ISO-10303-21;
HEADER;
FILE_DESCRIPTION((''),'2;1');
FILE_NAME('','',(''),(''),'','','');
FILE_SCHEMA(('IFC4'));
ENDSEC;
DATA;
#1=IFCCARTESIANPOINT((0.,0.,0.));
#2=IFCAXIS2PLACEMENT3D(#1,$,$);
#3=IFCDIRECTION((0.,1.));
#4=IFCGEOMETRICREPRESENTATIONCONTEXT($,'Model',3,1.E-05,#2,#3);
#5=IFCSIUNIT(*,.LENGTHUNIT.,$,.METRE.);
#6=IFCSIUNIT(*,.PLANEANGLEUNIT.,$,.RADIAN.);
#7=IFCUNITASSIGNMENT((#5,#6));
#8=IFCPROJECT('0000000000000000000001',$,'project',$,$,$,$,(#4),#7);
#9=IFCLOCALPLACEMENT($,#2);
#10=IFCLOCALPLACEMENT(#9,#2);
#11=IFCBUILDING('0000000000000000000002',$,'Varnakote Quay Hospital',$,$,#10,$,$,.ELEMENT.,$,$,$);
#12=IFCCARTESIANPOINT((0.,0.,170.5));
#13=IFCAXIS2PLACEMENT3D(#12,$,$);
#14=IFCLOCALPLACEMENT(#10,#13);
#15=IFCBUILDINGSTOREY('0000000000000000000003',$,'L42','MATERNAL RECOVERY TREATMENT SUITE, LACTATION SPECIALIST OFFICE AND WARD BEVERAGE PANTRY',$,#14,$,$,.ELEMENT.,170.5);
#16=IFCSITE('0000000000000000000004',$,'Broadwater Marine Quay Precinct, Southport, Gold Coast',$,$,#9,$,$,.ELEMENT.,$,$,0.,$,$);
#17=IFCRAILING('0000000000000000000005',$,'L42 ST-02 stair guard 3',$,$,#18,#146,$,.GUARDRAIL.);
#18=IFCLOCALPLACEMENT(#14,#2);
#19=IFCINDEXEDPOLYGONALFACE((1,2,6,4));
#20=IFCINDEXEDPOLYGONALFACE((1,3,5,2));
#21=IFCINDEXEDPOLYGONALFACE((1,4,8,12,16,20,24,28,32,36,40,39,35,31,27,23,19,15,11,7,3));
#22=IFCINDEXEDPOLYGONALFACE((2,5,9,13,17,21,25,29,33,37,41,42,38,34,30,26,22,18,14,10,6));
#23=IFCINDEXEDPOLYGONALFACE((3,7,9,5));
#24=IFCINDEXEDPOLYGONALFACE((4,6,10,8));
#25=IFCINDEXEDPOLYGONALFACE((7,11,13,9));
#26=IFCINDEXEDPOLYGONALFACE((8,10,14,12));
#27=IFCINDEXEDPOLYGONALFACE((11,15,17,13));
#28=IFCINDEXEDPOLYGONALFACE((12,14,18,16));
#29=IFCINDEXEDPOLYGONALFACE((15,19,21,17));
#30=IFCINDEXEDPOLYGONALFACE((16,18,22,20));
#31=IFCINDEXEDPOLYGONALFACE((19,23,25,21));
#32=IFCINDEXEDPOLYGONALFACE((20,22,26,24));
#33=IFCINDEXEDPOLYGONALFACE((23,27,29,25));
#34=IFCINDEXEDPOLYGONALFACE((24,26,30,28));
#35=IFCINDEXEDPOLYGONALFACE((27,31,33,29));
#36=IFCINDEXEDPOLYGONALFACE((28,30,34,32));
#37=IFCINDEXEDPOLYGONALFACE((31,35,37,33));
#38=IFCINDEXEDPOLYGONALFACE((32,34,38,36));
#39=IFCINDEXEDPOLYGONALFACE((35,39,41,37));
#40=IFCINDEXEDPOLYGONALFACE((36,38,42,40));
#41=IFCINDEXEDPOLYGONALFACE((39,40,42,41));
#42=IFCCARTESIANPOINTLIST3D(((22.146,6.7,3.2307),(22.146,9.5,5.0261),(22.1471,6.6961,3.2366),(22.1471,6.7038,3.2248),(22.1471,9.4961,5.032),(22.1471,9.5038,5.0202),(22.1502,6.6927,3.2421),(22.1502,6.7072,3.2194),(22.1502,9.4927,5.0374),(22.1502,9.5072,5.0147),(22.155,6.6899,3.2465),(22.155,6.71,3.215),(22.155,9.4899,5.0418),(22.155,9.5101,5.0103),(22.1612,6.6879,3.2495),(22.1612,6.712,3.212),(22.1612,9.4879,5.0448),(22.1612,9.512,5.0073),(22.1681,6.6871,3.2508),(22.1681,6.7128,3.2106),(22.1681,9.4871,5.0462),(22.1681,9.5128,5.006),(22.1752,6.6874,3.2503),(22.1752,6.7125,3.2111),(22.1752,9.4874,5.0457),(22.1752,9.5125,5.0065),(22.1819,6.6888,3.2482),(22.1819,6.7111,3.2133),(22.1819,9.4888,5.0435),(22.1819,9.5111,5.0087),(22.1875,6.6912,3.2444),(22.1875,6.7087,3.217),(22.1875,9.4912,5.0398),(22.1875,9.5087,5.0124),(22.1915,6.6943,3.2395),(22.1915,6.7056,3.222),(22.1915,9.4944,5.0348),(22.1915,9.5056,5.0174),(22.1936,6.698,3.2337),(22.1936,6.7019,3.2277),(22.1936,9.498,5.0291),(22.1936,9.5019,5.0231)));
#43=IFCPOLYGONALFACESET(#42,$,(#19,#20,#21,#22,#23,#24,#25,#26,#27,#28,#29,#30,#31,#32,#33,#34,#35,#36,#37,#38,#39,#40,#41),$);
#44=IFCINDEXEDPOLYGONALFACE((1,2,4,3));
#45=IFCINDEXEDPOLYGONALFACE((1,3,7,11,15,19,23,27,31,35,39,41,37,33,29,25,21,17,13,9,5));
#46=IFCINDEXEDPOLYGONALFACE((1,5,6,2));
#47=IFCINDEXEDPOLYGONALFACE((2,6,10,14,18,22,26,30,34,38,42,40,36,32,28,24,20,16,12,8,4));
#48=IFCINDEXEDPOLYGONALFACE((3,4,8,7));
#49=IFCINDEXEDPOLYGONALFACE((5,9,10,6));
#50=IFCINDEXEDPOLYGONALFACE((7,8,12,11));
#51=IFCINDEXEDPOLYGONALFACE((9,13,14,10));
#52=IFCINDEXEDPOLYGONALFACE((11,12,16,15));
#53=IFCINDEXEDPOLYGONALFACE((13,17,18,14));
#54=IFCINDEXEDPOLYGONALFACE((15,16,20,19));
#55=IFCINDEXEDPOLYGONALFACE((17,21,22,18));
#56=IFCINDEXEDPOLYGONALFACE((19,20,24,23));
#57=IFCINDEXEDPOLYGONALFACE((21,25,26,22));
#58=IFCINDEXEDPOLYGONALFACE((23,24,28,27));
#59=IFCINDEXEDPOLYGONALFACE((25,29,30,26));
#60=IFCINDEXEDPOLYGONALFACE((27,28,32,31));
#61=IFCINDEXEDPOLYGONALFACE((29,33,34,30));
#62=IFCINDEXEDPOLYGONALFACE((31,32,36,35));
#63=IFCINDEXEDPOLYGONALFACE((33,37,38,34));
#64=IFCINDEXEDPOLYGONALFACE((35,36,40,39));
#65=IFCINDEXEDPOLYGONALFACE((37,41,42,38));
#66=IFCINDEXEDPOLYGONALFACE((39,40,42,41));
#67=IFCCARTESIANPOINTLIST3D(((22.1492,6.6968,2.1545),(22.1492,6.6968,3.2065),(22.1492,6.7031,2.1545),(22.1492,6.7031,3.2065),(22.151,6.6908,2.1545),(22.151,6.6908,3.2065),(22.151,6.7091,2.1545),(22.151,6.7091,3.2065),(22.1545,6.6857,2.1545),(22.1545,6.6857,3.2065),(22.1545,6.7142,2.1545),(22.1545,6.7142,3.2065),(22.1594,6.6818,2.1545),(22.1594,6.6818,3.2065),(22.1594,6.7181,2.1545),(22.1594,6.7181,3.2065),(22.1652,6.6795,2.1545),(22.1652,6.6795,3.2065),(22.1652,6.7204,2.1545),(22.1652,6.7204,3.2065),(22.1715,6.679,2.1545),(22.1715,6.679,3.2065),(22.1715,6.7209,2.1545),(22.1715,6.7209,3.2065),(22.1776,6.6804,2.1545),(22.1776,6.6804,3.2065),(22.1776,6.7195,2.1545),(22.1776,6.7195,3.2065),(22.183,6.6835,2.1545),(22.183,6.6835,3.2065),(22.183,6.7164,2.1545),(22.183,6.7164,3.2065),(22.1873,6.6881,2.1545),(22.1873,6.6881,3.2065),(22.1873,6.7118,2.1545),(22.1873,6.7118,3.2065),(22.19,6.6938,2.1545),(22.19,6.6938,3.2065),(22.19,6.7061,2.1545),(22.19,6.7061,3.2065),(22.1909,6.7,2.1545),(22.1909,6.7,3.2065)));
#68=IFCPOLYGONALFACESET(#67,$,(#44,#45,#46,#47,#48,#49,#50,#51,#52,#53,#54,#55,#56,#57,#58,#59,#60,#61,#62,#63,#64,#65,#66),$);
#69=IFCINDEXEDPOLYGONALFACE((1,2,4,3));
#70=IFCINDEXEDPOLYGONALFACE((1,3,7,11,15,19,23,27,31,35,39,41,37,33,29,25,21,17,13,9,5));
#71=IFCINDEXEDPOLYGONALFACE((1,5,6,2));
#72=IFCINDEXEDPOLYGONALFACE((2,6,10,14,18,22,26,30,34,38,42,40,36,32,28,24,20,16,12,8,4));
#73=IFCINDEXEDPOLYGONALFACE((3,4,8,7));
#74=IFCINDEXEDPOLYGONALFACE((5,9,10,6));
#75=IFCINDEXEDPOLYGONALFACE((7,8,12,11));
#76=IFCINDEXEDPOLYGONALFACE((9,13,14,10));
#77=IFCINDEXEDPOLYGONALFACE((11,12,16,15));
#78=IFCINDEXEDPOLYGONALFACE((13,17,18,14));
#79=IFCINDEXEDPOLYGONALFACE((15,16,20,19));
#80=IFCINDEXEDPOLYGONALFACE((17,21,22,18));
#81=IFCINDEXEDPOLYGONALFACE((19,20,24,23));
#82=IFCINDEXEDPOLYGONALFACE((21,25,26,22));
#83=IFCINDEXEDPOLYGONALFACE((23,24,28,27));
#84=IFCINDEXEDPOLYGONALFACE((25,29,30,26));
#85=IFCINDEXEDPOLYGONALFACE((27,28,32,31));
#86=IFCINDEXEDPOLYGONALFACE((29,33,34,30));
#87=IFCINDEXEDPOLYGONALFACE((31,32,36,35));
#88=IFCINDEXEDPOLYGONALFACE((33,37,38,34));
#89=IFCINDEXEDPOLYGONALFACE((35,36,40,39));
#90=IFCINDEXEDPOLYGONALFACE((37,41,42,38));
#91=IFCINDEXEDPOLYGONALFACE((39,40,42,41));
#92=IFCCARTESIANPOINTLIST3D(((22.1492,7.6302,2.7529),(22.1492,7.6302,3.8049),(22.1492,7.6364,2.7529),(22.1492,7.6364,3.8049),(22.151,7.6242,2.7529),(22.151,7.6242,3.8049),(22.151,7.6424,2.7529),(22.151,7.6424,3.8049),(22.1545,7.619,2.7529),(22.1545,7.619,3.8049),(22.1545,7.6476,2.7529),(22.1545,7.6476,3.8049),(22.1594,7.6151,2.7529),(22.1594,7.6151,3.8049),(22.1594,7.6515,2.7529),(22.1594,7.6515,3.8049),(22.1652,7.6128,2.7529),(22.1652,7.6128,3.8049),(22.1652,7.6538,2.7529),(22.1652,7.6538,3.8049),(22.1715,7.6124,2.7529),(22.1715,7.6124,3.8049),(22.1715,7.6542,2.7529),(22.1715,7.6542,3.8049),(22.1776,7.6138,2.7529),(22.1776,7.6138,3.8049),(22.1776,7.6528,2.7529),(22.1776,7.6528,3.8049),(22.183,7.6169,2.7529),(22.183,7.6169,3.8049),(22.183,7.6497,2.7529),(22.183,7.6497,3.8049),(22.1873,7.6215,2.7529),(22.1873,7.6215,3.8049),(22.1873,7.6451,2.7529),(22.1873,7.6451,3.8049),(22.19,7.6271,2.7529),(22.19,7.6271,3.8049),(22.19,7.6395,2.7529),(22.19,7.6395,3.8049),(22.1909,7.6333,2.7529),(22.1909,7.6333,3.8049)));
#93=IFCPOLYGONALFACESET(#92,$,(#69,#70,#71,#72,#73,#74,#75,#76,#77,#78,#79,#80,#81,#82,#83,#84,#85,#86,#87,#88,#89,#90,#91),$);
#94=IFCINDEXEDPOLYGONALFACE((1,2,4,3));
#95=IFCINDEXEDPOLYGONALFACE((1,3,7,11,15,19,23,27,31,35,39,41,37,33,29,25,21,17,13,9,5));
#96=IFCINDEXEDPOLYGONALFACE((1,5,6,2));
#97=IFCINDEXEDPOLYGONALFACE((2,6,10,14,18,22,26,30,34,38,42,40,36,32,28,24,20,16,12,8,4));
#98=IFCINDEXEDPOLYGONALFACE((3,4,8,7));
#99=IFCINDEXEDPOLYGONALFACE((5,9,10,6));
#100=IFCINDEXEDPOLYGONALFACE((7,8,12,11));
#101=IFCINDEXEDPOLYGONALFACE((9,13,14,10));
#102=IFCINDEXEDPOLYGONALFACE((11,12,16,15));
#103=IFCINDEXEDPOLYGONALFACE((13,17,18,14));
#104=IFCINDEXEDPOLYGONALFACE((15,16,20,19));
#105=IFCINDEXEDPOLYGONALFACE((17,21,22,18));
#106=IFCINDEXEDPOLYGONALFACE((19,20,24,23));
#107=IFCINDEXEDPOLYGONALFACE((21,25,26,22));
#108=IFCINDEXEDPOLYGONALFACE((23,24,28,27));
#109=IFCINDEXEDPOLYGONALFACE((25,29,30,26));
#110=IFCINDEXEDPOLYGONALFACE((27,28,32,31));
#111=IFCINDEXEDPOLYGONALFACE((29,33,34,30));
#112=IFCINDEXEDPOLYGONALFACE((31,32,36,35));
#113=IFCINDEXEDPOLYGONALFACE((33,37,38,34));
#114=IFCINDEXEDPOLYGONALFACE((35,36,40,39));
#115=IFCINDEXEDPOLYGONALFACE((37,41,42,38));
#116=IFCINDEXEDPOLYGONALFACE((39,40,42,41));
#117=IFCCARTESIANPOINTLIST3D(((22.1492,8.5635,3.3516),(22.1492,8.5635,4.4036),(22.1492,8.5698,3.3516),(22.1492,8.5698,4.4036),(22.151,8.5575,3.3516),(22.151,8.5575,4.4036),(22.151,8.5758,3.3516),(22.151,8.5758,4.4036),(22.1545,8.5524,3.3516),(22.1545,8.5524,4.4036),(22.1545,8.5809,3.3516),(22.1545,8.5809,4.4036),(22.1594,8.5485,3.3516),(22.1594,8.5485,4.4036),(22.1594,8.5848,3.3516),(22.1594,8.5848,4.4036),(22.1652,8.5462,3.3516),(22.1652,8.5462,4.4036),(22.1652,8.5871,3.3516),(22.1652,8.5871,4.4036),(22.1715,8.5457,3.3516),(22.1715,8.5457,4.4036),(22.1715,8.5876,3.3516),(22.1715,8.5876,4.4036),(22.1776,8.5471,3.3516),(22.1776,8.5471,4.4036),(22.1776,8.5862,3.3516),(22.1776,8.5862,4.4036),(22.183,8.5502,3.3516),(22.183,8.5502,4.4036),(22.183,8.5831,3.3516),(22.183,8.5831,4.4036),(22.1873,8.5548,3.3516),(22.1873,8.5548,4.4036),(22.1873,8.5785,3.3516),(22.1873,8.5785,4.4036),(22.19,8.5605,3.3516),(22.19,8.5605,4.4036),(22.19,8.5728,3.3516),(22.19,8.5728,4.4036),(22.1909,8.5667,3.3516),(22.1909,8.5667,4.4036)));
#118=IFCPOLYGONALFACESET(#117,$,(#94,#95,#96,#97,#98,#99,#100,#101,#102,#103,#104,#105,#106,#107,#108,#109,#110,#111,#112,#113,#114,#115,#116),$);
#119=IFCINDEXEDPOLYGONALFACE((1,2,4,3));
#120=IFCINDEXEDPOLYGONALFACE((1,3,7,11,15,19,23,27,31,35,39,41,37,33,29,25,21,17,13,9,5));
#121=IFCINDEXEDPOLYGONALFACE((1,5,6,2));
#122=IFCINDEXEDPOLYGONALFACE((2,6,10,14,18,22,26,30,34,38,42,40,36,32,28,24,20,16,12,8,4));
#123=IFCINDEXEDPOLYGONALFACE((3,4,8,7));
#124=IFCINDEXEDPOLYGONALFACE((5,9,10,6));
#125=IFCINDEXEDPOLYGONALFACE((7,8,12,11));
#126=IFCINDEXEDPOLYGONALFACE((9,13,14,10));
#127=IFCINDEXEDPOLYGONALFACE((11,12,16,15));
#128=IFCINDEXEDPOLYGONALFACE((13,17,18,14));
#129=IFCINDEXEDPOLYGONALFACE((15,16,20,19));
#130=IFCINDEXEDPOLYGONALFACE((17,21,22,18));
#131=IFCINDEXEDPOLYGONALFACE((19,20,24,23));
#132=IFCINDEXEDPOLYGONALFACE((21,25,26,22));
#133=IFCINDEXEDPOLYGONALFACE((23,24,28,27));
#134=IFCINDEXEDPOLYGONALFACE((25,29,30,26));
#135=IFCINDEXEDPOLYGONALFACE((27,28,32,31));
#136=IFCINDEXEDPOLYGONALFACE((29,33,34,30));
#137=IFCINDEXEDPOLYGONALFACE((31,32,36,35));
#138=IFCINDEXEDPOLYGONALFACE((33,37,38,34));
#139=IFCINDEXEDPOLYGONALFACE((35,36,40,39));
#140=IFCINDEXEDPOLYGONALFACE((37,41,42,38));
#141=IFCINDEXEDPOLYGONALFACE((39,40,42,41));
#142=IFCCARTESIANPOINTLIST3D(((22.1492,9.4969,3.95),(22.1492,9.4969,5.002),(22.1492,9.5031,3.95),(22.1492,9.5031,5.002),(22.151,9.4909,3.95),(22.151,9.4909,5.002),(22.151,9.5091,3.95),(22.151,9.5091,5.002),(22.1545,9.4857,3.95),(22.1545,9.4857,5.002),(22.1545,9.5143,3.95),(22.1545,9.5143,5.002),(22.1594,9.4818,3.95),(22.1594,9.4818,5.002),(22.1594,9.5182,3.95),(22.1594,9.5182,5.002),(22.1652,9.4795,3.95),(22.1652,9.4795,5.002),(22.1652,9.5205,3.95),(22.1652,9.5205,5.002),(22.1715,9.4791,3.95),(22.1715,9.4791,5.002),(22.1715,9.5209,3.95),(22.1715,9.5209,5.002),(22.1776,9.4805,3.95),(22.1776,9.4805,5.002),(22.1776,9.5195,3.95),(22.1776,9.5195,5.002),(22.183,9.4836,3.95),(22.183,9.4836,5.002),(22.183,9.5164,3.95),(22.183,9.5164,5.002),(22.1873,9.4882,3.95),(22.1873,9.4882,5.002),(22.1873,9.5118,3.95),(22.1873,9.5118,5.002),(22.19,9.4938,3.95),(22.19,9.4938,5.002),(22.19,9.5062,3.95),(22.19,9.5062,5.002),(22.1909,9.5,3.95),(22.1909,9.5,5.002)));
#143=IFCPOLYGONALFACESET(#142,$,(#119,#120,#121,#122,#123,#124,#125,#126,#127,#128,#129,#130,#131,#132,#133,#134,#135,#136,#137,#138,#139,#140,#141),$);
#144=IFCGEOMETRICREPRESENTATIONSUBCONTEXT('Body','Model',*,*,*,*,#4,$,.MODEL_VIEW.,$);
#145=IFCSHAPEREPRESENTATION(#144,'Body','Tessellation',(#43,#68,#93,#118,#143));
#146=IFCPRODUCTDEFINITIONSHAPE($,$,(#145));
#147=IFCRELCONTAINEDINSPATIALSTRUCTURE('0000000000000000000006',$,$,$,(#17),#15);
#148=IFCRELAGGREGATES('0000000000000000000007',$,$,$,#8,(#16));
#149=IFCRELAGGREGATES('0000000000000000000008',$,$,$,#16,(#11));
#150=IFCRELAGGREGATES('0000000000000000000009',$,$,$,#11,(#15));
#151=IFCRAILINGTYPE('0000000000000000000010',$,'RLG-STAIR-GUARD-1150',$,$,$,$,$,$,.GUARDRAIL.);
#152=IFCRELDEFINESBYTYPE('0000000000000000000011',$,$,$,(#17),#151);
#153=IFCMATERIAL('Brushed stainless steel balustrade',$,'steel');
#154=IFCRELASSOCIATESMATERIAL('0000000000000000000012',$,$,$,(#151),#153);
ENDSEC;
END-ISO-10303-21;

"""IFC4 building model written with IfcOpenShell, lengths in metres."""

from ifc_helpers import new_model, si_unit, direction, frame, origin, origin_2d, place, context, subcontext, project, spatial, circle, extrude, material, type_object, element, save


model = new_model("IFC4")

# Units and contexts
model_context = context("Model", 3, precision=1e-05, world=origin(), true_north=direction((0.0, 1.0)))
body_context = subcontext(model_context, "Body", "Model", "MODEL_VIEW")
ifc_project = project(units=[si_unit("LENGTHUNIT", "METRE"), si_unit("PLANEANGLEUNIT", "RADIAN")], contexts=[model_context])

# Site, building, storey
site_placement = place(None, origin())
site = spatial("IfcSite", under=ifc_project, at=site_placement, Name="Broadwater Marine Quay Precinct, Southport, Gold Coast", CompositionType="ELEMENT", RefElevation=0.0)
building_placement = place(site_placement, origin())
building = spatial("IfcBuilding", under=site, at=building_placement, Name="Varnakote Quay Hospital", CompositionType="ELEMENT")
storey_placement = place(building_placement, frame((0.0, 0.0, 170.5)))
storey = spatial("IfcBuildingStorey", under=building, at=storey_placement, Name="L42", Description="MATERNAL RECOVERY TREATMENT SUITE, LACTATION SPECIALIST OFFICE AND WARD BEVERAGE PANTRY", CompositionType="ELEMENT", Elevation=170.5)

# Railing
ifc_material_1 = material(Name="Brushed stainless steel balustrade", Category="steel")
railing_type_1 = type_object("IfcRailingType", Name="RLG-STAIR-GUARD-1150", PredefinedType="GUARDRAIL", material=ifc_material_1)
railing_1_placement = place(storey_placement, frame((22.1699, 6.7, 2.1545)))
element("IfcRailing", 1, at=railing_1_placement, inside=storey, type_object=railing_type_1, Name="L42 ST-02 stair guard 3", PredefinedType="GUARDRAIL", context=body_context, shape_type="SweptSolid", body=[
    extrude(circle(Radius=0.0239, at=origin_2d()), frame((0.0, 0.0, 1.0762), z_axis=(0.0, 0.84181, 0.539774), x_axis=(-1.0, 0.0, 0.0)), (0.0, 0.0, 1.0), 3.3262),
    extrude(circle(Radius=0.021, at=origin_2d()), origin(), (0.0, 0.0, 1.0), 1.052),
    extrude(circle(Radius=0.021, at=origin_2d()), frame((0.0, 0.9333, 0.5984)), (0.0, 0.0, 1.0), 1.052),
    extrude(circle(Radius=0.021, at=origin_2d()), frame((0.0, 1.8667, 1.197)), (0.0, 0.0, 1.0), 1.052),
    extrude(circle(Radius=0.021, at=origin_2d()), frame((0.0, 2.8, 1.7954)), (0.0, 0.0, 1.0), 1.052),
])

save(model, "model.ifc")
